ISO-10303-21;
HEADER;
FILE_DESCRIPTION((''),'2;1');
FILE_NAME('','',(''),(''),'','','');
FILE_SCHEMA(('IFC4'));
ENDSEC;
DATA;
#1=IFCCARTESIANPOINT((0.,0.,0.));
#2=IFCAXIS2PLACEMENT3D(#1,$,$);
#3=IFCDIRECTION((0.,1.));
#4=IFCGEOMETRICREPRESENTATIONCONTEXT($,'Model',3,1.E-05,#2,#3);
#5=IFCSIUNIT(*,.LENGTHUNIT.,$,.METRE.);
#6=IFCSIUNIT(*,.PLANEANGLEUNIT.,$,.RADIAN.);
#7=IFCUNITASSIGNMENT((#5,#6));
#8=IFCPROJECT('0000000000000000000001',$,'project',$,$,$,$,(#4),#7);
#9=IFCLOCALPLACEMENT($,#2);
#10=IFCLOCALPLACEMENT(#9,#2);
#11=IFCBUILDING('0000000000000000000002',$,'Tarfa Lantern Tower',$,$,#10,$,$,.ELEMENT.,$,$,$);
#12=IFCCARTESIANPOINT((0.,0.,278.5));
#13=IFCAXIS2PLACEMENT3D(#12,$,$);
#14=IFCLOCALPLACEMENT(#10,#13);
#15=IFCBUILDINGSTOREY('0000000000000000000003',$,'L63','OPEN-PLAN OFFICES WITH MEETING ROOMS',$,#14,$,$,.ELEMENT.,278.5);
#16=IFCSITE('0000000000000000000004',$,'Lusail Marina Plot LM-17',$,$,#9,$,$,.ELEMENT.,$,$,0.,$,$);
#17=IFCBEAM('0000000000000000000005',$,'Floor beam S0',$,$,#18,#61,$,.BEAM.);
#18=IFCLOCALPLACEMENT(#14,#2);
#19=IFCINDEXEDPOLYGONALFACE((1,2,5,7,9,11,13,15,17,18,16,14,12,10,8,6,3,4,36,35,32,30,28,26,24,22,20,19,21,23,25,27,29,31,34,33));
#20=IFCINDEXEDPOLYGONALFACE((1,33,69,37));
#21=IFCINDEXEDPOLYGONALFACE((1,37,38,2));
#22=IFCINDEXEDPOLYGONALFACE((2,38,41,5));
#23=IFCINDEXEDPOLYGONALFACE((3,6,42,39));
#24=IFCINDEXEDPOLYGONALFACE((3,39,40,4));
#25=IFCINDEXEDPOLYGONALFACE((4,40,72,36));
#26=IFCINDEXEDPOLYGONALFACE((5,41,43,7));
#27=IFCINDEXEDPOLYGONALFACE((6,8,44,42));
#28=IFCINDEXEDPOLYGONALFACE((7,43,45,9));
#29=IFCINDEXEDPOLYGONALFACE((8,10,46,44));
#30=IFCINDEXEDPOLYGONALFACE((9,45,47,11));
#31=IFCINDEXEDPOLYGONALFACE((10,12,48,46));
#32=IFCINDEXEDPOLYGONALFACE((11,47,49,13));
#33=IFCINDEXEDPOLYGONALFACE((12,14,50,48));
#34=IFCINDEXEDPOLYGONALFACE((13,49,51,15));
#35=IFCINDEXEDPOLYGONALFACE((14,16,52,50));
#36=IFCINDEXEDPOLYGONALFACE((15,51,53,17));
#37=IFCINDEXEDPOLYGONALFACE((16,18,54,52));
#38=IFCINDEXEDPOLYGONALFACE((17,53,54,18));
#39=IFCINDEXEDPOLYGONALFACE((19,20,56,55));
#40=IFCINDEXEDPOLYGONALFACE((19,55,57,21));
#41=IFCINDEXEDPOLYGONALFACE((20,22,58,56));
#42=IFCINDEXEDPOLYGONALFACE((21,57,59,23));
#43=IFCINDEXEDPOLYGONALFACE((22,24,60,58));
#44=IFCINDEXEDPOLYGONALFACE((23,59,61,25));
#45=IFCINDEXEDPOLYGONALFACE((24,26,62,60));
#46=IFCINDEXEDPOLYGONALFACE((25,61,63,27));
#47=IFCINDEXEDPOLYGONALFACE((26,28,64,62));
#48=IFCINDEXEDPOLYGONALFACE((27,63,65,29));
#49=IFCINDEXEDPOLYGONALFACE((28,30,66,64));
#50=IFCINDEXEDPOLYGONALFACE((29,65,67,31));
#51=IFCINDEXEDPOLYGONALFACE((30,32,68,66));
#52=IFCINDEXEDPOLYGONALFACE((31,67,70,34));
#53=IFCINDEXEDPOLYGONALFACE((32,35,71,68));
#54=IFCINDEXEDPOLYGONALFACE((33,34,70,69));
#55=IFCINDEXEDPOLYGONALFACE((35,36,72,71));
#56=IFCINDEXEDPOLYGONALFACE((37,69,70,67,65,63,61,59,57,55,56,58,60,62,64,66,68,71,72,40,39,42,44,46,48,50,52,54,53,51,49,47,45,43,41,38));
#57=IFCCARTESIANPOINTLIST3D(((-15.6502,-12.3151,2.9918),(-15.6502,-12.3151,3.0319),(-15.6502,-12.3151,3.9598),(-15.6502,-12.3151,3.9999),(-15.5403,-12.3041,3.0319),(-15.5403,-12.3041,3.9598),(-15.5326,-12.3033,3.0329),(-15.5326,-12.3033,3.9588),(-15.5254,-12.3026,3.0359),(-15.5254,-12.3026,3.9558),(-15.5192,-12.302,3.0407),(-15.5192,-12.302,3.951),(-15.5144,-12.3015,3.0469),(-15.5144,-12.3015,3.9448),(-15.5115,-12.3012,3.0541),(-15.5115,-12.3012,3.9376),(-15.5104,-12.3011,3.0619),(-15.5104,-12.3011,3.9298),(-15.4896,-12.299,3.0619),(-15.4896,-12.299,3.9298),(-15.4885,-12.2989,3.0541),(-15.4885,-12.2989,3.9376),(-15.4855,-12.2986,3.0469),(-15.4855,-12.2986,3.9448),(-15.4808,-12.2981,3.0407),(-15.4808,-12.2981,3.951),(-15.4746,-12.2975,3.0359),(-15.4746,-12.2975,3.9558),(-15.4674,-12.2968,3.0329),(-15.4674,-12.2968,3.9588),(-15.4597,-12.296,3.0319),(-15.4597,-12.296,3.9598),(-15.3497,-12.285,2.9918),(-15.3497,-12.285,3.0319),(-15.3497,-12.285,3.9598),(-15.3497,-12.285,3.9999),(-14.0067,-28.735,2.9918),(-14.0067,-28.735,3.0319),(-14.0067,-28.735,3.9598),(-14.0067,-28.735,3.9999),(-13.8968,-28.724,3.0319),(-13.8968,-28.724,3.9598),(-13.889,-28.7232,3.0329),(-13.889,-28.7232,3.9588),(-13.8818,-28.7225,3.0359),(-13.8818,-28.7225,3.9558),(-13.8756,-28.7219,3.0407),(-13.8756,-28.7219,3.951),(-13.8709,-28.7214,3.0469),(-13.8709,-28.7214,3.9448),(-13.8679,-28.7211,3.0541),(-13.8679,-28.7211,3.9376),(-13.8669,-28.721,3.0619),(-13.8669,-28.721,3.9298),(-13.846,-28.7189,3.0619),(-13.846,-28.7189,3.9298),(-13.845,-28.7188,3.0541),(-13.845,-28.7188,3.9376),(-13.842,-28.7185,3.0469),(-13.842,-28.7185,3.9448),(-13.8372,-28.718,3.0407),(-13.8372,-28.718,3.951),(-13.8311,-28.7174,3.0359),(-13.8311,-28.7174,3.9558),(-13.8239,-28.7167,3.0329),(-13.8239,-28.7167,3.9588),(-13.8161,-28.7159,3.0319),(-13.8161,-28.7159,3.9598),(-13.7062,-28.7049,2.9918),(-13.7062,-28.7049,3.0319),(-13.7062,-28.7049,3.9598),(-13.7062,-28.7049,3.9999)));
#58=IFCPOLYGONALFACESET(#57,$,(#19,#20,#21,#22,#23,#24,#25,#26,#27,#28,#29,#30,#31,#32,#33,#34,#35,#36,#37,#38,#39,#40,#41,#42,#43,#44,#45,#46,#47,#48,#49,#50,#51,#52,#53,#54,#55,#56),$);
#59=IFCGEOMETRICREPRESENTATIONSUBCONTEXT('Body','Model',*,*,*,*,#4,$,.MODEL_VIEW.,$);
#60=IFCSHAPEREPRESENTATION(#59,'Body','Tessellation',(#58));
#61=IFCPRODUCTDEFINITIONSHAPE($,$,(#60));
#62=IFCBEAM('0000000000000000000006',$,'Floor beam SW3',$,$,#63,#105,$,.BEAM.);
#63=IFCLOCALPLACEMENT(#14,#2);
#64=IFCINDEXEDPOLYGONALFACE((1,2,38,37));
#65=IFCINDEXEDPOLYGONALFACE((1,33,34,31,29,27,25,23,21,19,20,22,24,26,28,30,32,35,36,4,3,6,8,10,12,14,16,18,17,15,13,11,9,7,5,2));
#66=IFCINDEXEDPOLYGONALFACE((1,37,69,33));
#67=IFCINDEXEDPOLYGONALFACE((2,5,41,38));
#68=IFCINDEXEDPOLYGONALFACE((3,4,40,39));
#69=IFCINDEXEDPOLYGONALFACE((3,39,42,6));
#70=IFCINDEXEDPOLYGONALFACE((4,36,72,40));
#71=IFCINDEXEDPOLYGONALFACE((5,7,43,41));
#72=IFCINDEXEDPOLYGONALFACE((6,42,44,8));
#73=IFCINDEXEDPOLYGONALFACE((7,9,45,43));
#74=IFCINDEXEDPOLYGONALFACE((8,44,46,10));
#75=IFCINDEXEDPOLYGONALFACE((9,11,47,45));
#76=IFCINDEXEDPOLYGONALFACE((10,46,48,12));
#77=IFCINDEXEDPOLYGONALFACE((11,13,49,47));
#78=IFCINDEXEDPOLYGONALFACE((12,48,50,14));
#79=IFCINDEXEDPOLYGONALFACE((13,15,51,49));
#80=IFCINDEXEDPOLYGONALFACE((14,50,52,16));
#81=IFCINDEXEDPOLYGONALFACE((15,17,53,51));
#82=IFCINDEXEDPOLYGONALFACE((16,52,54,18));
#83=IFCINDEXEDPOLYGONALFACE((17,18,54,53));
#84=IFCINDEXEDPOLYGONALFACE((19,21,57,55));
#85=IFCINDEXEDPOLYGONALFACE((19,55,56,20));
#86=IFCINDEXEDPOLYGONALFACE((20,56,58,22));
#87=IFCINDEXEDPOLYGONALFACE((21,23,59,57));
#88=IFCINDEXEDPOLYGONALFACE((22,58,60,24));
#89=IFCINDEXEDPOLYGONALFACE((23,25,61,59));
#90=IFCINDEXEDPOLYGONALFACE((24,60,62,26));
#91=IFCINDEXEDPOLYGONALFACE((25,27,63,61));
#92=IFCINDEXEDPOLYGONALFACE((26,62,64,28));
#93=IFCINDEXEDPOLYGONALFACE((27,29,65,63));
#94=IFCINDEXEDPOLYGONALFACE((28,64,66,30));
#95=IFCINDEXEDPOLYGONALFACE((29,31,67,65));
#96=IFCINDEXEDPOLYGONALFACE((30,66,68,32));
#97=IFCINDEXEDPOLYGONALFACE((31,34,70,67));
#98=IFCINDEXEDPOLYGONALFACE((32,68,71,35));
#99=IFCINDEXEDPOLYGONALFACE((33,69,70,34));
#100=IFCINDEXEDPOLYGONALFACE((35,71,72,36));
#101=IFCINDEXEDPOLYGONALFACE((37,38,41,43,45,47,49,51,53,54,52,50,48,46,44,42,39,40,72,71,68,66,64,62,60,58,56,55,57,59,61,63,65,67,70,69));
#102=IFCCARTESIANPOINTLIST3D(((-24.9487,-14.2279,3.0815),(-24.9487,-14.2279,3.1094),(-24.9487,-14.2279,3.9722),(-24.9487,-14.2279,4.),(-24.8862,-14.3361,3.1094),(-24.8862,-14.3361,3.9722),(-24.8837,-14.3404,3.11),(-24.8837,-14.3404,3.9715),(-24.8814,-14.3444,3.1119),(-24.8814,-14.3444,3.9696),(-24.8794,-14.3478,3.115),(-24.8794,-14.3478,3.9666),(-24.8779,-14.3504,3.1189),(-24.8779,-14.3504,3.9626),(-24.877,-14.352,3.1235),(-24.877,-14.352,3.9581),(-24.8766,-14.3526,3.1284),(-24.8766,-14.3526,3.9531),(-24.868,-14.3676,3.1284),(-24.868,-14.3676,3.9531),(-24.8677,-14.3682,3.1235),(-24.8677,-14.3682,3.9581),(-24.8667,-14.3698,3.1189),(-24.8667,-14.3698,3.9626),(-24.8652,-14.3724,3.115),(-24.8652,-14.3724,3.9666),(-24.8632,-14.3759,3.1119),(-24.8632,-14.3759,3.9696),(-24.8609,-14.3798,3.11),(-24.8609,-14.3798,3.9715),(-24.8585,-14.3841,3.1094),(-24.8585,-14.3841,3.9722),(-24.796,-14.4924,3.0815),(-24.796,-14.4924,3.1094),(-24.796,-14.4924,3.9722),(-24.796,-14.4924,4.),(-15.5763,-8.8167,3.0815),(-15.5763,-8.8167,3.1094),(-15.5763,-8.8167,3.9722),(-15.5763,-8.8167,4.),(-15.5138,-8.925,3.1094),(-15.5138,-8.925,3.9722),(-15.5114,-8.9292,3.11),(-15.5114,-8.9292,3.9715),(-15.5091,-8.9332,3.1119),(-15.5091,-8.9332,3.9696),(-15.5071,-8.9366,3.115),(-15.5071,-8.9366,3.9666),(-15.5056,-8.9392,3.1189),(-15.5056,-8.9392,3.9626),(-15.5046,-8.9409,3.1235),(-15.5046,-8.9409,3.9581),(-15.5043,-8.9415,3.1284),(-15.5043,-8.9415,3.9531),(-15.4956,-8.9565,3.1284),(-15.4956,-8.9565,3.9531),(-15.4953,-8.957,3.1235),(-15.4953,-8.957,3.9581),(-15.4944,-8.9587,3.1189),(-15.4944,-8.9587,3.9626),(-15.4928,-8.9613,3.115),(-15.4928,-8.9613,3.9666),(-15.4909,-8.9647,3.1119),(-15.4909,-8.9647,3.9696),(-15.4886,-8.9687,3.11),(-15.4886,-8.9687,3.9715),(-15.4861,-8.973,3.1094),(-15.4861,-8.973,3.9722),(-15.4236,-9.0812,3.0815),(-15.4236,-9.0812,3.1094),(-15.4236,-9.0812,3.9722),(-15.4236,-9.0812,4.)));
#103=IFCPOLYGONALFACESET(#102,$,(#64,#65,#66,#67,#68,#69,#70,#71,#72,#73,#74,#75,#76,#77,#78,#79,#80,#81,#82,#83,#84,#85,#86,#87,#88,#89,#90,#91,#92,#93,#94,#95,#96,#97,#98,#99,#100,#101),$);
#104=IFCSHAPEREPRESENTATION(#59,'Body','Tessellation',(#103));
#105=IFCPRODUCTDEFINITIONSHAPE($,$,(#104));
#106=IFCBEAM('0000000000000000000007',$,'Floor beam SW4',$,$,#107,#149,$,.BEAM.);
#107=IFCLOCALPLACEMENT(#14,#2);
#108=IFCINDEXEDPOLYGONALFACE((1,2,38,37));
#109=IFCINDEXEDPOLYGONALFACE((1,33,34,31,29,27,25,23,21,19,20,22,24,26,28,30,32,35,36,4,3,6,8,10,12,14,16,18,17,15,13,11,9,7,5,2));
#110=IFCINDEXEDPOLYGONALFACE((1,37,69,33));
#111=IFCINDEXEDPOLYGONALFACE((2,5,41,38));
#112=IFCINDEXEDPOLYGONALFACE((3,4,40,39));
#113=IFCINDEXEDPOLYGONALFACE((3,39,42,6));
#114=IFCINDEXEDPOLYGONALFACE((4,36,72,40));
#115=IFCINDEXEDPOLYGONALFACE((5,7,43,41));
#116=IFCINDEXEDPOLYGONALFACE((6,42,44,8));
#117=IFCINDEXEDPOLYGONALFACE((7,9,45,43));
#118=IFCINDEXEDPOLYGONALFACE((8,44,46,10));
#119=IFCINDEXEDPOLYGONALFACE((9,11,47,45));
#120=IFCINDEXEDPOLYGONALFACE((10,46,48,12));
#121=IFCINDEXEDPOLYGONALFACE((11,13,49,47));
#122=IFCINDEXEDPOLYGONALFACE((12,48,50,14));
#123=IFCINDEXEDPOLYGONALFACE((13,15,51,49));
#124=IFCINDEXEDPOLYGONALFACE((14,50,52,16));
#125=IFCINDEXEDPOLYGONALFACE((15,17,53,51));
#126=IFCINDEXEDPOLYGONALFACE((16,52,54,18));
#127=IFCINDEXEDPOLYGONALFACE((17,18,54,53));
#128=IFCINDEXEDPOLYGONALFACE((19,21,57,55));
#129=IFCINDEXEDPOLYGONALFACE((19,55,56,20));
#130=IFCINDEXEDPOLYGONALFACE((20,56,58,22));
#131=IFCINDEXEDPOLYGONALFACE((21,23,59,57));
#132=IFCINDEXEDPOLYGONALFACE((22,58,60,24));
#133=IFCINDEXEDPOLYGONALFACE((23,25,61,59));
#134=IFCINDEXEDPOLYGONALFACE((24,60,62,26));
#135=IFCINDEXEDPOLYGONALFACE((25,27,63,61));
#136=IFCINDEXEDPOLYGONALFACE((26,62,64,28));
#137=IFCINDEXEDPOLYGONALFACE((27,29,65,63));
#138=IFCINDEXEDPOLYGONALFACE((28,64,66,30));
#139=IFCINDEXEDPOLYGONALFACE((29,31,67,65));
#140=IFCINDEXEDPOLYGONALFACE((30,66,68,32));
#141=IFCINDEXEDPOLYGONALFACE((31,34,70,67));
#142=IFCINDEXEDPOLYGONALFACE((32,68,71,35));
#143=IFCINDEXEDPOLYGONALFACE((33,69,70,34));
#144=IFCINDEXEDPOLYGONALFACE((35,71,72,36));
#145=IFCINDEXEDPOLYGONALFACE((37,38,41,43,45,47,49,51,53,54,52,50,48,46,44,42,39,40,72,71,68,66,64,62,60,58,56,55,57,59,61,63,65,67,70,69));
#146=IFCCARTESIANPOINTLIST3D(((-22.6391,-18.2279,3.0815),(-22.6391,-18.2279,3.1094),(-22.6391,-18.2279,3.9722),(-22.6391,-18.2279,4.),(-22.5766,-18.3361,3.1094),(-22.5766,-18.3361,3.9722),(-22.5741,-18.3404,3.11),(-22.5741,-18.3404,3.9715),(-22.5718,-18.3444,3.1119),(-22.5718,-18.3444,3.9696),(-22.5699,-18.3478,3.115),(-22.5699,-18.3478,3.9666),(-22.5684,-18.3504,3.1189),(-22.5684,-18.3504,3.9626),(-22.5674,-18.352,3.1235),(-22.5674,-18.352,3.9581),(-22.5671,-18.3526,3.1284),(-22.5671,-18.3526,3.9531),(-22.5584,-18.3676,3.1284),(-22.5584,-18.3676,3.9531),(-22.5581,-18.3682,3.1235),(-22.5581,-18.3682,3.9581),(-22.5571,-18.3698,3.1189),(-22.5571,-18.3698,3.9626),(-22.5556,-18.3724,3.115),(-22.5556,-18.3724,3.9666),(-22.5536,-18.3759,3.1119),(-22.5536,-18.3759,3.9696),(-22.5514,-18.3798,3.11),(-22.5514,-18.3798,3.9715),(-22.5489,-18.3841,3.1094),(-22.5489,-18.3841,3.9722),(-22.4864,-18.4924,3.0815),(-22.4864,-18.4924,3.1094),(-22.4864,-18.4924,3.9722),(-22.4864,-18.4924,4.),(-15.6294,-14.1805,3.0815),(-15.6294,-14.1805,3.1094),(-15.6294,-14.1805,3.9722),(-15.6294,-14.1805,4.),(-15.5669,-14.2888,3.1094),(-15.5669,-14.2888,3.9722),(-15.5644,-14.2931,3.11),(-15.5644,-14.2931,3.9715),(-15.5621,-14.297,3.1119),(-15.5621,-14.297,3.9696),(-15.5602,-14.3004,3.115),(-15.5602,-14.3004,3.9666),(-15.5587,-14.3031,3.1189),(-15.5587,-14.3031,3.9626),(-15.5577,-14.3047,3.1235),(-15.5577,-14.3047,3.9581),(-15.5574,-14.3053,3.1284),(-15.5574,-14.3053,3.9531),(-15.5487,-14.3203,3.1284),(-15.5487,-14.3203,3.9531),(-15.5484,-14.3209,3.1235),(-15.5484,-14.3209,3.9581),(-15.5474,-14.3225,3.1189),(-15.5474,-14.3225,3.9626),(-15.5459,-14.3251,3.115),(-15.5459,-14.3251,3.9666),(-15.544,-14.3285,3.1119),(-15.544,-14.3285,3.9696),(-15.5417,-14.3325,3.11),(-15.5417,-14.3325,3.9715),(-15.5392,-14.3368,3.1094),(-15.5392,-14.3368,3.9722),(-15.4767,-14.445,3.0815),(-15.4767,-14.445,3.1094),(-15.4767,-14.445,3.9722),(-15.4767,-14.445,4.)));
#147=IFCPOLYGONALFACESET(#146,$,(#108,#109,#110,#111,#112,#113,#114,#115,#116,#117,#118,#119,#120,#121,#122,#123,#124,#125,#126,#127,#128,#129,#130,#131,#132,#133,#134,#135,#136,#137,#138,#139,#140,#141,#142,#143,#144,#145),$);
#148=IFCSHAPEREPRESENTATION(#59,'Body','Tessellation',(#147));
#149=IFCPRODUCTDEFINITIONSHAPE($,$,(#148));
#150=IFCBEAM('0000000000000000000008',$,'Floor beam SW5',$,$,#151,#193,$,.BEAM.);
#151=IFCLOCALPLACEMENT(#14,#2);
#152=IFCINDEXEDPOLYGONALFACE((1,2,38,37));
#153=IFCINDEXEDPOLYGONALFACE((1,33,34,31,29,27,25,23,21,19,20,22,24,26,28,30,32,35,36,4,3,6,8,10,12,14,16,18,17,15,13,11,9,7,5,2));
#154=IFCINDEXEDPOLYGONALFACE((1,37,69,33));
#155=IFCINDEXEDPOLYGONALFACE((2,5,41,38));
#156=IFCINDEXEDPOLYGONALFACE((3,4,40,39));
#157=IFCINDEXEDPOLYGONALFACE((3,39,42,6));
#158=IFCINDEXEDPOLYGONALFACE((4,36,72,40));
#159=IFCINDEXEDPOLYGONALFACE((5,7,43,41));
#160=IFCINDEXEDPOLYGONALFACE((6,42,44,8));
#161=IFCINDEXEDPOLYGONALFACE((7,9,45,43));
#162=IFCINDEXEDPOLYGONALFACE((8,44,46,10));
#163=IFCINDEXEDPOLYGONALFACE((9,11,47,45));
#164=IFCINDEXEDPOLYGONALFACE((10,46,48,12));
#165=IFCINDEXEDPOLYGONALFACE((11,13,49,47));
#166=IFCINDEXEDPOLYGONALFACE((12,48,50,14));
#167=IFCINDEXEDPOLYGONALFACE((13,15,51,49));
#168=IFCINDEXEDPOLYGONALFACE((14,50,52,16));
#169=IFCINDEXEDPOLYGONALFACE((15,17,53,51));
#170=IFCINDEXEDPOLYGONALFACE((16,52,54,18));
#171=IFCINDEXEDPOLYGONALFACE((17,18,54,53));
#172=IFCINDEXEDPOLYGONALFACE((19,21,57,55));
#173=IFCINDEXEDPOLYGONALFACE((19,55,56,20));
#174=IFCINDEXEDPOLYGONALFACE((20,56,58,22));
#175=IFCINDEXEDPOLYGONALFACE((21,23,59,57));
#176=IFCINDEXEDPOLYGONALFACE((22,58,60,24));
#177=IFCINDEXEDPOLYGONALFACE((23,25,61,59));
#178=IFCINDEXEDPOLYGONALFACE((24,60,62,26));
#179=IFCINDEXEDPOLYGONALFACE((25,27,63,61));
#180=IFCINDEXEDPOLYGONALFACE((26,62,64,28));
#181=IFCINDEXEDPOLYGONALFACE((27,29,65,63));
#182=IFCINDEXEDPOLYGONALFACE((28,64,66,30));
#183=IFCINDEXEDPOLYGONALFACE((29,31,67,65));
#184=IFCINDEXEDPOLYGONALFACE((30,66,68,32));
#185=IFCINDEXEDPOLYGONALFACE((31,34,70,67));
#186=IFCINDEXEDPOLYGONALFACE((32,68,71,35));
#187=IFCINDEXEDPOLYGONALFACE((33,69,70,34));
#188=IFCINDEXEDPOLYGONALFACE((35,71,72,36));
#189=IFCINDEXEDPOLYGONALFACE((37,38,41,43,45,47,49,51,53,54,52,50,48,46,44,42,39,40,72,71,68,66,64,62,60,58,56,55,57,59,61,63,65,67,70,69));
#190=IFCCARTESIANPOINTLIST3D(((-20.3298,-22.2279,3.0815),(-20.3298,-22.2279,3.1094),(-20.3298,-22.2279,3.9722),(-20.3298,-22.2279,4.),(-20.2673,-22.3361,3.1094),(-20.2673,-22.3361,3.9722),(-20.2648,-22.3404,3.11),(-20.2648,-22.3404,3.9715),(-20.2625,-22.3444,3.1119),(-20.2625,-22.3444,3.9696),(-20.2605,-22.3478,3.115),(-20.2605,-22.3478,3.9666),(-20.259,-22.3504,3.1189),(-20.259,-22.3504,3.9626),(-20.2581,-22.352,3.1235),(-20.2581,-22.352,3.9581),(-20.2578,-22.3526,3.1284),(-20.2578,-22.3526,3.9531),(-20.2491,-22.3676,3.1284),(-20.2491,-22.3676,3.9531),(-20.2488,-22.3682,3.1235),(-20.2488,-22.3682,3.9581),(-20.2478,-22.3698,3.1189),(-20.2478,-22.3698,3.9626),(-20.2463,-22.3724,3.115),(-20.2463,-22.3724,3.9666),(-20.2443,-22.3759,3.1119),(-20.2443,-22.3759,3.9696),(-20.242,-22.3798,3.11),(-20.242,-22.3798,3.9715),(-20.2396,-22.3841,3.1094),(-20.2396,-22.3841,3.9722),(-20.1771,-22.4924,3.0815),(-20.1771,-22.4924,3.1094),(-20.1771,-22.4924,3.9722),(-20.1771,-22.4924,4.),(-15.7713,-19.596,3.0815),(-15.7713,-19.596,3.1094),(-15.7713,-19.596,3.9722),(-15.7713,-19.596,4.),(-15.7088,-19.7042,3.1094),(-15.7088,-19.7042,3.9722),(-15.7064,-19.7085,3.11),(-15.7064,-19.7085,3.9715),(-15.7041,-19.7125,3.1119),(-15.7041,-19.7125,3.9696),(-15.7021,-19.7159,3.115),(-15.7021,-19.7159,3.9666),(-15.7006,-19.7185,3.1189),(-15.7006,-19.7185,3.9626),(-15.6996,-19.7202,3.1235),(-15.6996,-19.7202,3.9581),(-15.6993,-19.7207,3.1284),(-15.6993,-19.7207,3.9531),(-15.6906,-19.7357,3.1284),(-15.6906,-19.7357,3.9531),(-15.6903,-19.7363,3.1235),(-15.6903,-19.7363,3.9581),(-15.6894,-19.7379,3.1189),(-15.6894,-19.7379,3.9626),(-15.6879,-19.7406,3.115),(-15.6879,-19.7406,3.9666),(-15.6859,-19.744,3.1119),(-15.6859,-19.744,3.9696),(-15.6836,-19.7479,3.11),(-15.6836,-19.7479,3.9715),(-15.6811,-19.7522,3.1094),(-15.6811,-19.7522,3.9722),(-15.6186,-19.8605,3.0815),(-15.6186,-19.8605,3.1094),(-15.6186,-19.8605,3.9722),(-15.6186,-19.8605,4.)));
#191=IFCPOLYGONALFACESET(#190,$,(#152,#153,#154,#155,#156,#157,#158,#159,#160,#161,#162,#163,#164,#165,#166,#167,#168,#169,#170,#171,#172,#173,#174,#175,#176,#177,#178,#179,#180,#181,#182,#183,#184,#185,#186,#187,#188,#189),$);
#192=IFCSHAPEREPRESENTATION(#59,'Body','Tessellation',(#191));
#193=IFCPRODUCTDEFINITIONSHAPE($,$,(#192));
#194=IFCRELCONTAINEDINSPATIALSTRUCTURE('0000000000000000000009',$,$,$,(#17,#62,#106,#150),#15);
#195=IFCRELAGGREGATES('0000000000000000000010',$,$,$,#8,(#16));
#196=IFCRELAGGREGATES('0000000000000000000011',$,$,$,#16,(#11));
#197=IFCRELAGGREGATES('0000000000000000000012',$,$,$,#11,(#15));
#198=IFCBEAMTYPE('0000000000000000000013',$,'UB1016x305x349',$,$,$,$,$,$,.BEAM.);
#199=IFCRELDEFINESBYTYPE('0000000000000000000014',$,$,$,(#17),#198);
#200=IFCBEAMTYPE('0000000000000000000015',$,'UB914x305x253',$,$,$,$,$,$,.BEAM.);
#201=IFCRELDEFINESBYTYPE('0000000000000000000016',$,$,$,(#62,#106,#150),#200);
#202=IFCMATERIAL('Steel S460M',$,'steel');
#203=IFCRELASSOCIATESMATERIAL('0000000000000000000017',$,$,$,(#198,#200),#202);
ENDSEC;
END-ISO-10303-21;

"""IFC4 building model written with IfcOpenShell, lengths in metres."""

from ifc_helpers import new_model, si_unit, direction, frame, origin, origin_2d, place, context, subcontext, project, spatial, i_section, extrude, material, material_profile, profile_set, type_object, element, save


model = new_model("IFC4")

# Units and contexts
model_context = context("Model", 3, precision=1e-05, world=origin(), true_north=direction((0.0, 1.0)))
body_context = subcontext(model_context, "Body", "Model", "MODEL_VIEW")
ifc_project = project(units=[si_unit("LENGTHUNIT", "METRE"), si_unit("PLANEANGLEUNIT", "RADIAN")], contexts=[model_context])

# Site, building, storey
site_placement = place(None, origin())
site = spatial("IfcSite", under=ifc_project, at=site_placement, Name="Lusail Marina Plot LM-17", CompositionType="ELEMENT", RefElevation=0.0)
building_placement = place(site_placement, origin())
building = spatial("IfcBuilding", under=site, at=building_placement, Name="Tarfa Lantern Tower", CompositionType="ELEMENT")
storey_placement = place(building_placement, frame((0.0, 0.0, 278.5)))
storey = spatial("IfcBuildingStorey", under=building, at=storey_placement, Name="L63", Description="OPEN-PLAN OFFICES WITH MEETING ROOMS", CompositionType="ELEMENT", Elevation=278.5)

# Beams
ifc_material_1 = material(Name="Steel S460M", Category="steel")
ifc_material_profile_1 = material_profile(ifc_material_1, i_section(OverallWidth=0.302, OverallDepth=1.0081, WebThickness=0.021, FlangeThickness=0.04, FilletRadius=0.03, at=origin_2d()), Name="UB1016x305x349")
ifc_profile_set_1 = profile_set([ifc_material_profile_1], Name="Steel S460M")
beam_type_1 = type_object("IfcBeamType", Name="UB1016x305x349", PredefinedType="BEAM", material=ifc_profile_set_1)
beam_1_placement = place(storey_placement, frame((-13.8564, -28.72, 3.4958), z_axis=(-0.099597, 0.995028, 0.0), x_axis=(-0.995028, -0.099597, 0.0)))
element("IfcBeam", 1, at=beam_1_placement, inside=storey, type_object=beam_type_1, Name="Floor beam S0", PredefinedType="BEAM", context=body_context, shape_type="SweptSolid", body=[
    extrude(i_section(OverallWidth=0.302, OverallDepth=1.0081, WebThickness=0.021, FlangeThickness=0.04, FilletRadius=0.03, at=origin_2d()), origin(), (0.0, 0.0, 1.0), 16.502),
])
ifc_material_profile_2 = material_profile(ifc_material_1, i_section(OverallWidth=0.3054, OverallDepth=0.9185, WebThickness=0.0173, FlangeThickness=0.0278, FilletRadius=0.019, at=origin_2d()), Name="UB914x305x253")
ifc_profile_set_2 = profile_set([ifc_material_profile_2], Name="Steel S460M")
beam_type_2 = type_object("IfcBeamType", Name="UB914x305x253", PredefinedType="BEAM", material=ifc_profile_set_2)
beam_2_placement = place(storey_placement, frame((-24.8723, -14.3601, 3.5408), z_axis=(0.866024, 0.500002, 0.0), x_axis=(-0.500002, 0.866024, 0.0)))
element("IfcBeam", 2, at=beam_2_placement, inside=storey, type_object=beam_type_2, Name="Floor beam SW3", PredefinedType="BEAM", context=body_context, shape_type="SweptSolid", body=[
    extrude(i_section(OverallWidth=0.3054, OverallDepth=0.9185, WebThickness=0.0173, FlangeThickness=0.0278, FilletRadius=0.019, at=origin_2d()), origin(), (0.0, 0.0, 1.0), 10.8223),
])
beam_3_placement = place(storey_placement, frame((-22.5627, -18.3601, 3.5408), z_axis=(0.866011, 0.500025, 0.0), x_axis=(-0.500025, 0.866011, 0.0)))
element("IfcBeam", 3, at=beam_3_placement, inside=storey, type_object=beam_type_2, Name="Floor beam SW4", PredefinedType="BEAM", context=body_context, shape_type="SweptSolid", body=[
    extrude(i_section(OverallWidth=0.3054, OverallDepth=0.9185, WebThickness=0.0173, FlangeThickness=0.0278, FilletRadius=0.019, at=origin_2d()), origin(), (0.0, 0.0, 1.0), 8.0942),
])
beam_4_placement = place(storey_placement, frame((-20.2534, -22.3601, 3.5408), z_axis=(0.86602, 0.50001, 0.0), x_axis=(-0.50001, 0.86602, 0.0)))
element("IfcBeam", 4, at=beam_4_placement, inside=storey, type_object=beam_type_2, Name="Floor beam SW5", PredefinedType="BEAM", context=body_context, shape_type="SweptSolid", body=[
    extrude(i_section(OverallWidth=0.3054, OverallDepth=0.9185, WebThickness=0.0173, FlangeThickness=0.0278, FilletRadius=0.019, at=origin_2d()), origin(), (0.0, 0.0, 1.0), 5.2637),
])

save(model, "model.ifc")
